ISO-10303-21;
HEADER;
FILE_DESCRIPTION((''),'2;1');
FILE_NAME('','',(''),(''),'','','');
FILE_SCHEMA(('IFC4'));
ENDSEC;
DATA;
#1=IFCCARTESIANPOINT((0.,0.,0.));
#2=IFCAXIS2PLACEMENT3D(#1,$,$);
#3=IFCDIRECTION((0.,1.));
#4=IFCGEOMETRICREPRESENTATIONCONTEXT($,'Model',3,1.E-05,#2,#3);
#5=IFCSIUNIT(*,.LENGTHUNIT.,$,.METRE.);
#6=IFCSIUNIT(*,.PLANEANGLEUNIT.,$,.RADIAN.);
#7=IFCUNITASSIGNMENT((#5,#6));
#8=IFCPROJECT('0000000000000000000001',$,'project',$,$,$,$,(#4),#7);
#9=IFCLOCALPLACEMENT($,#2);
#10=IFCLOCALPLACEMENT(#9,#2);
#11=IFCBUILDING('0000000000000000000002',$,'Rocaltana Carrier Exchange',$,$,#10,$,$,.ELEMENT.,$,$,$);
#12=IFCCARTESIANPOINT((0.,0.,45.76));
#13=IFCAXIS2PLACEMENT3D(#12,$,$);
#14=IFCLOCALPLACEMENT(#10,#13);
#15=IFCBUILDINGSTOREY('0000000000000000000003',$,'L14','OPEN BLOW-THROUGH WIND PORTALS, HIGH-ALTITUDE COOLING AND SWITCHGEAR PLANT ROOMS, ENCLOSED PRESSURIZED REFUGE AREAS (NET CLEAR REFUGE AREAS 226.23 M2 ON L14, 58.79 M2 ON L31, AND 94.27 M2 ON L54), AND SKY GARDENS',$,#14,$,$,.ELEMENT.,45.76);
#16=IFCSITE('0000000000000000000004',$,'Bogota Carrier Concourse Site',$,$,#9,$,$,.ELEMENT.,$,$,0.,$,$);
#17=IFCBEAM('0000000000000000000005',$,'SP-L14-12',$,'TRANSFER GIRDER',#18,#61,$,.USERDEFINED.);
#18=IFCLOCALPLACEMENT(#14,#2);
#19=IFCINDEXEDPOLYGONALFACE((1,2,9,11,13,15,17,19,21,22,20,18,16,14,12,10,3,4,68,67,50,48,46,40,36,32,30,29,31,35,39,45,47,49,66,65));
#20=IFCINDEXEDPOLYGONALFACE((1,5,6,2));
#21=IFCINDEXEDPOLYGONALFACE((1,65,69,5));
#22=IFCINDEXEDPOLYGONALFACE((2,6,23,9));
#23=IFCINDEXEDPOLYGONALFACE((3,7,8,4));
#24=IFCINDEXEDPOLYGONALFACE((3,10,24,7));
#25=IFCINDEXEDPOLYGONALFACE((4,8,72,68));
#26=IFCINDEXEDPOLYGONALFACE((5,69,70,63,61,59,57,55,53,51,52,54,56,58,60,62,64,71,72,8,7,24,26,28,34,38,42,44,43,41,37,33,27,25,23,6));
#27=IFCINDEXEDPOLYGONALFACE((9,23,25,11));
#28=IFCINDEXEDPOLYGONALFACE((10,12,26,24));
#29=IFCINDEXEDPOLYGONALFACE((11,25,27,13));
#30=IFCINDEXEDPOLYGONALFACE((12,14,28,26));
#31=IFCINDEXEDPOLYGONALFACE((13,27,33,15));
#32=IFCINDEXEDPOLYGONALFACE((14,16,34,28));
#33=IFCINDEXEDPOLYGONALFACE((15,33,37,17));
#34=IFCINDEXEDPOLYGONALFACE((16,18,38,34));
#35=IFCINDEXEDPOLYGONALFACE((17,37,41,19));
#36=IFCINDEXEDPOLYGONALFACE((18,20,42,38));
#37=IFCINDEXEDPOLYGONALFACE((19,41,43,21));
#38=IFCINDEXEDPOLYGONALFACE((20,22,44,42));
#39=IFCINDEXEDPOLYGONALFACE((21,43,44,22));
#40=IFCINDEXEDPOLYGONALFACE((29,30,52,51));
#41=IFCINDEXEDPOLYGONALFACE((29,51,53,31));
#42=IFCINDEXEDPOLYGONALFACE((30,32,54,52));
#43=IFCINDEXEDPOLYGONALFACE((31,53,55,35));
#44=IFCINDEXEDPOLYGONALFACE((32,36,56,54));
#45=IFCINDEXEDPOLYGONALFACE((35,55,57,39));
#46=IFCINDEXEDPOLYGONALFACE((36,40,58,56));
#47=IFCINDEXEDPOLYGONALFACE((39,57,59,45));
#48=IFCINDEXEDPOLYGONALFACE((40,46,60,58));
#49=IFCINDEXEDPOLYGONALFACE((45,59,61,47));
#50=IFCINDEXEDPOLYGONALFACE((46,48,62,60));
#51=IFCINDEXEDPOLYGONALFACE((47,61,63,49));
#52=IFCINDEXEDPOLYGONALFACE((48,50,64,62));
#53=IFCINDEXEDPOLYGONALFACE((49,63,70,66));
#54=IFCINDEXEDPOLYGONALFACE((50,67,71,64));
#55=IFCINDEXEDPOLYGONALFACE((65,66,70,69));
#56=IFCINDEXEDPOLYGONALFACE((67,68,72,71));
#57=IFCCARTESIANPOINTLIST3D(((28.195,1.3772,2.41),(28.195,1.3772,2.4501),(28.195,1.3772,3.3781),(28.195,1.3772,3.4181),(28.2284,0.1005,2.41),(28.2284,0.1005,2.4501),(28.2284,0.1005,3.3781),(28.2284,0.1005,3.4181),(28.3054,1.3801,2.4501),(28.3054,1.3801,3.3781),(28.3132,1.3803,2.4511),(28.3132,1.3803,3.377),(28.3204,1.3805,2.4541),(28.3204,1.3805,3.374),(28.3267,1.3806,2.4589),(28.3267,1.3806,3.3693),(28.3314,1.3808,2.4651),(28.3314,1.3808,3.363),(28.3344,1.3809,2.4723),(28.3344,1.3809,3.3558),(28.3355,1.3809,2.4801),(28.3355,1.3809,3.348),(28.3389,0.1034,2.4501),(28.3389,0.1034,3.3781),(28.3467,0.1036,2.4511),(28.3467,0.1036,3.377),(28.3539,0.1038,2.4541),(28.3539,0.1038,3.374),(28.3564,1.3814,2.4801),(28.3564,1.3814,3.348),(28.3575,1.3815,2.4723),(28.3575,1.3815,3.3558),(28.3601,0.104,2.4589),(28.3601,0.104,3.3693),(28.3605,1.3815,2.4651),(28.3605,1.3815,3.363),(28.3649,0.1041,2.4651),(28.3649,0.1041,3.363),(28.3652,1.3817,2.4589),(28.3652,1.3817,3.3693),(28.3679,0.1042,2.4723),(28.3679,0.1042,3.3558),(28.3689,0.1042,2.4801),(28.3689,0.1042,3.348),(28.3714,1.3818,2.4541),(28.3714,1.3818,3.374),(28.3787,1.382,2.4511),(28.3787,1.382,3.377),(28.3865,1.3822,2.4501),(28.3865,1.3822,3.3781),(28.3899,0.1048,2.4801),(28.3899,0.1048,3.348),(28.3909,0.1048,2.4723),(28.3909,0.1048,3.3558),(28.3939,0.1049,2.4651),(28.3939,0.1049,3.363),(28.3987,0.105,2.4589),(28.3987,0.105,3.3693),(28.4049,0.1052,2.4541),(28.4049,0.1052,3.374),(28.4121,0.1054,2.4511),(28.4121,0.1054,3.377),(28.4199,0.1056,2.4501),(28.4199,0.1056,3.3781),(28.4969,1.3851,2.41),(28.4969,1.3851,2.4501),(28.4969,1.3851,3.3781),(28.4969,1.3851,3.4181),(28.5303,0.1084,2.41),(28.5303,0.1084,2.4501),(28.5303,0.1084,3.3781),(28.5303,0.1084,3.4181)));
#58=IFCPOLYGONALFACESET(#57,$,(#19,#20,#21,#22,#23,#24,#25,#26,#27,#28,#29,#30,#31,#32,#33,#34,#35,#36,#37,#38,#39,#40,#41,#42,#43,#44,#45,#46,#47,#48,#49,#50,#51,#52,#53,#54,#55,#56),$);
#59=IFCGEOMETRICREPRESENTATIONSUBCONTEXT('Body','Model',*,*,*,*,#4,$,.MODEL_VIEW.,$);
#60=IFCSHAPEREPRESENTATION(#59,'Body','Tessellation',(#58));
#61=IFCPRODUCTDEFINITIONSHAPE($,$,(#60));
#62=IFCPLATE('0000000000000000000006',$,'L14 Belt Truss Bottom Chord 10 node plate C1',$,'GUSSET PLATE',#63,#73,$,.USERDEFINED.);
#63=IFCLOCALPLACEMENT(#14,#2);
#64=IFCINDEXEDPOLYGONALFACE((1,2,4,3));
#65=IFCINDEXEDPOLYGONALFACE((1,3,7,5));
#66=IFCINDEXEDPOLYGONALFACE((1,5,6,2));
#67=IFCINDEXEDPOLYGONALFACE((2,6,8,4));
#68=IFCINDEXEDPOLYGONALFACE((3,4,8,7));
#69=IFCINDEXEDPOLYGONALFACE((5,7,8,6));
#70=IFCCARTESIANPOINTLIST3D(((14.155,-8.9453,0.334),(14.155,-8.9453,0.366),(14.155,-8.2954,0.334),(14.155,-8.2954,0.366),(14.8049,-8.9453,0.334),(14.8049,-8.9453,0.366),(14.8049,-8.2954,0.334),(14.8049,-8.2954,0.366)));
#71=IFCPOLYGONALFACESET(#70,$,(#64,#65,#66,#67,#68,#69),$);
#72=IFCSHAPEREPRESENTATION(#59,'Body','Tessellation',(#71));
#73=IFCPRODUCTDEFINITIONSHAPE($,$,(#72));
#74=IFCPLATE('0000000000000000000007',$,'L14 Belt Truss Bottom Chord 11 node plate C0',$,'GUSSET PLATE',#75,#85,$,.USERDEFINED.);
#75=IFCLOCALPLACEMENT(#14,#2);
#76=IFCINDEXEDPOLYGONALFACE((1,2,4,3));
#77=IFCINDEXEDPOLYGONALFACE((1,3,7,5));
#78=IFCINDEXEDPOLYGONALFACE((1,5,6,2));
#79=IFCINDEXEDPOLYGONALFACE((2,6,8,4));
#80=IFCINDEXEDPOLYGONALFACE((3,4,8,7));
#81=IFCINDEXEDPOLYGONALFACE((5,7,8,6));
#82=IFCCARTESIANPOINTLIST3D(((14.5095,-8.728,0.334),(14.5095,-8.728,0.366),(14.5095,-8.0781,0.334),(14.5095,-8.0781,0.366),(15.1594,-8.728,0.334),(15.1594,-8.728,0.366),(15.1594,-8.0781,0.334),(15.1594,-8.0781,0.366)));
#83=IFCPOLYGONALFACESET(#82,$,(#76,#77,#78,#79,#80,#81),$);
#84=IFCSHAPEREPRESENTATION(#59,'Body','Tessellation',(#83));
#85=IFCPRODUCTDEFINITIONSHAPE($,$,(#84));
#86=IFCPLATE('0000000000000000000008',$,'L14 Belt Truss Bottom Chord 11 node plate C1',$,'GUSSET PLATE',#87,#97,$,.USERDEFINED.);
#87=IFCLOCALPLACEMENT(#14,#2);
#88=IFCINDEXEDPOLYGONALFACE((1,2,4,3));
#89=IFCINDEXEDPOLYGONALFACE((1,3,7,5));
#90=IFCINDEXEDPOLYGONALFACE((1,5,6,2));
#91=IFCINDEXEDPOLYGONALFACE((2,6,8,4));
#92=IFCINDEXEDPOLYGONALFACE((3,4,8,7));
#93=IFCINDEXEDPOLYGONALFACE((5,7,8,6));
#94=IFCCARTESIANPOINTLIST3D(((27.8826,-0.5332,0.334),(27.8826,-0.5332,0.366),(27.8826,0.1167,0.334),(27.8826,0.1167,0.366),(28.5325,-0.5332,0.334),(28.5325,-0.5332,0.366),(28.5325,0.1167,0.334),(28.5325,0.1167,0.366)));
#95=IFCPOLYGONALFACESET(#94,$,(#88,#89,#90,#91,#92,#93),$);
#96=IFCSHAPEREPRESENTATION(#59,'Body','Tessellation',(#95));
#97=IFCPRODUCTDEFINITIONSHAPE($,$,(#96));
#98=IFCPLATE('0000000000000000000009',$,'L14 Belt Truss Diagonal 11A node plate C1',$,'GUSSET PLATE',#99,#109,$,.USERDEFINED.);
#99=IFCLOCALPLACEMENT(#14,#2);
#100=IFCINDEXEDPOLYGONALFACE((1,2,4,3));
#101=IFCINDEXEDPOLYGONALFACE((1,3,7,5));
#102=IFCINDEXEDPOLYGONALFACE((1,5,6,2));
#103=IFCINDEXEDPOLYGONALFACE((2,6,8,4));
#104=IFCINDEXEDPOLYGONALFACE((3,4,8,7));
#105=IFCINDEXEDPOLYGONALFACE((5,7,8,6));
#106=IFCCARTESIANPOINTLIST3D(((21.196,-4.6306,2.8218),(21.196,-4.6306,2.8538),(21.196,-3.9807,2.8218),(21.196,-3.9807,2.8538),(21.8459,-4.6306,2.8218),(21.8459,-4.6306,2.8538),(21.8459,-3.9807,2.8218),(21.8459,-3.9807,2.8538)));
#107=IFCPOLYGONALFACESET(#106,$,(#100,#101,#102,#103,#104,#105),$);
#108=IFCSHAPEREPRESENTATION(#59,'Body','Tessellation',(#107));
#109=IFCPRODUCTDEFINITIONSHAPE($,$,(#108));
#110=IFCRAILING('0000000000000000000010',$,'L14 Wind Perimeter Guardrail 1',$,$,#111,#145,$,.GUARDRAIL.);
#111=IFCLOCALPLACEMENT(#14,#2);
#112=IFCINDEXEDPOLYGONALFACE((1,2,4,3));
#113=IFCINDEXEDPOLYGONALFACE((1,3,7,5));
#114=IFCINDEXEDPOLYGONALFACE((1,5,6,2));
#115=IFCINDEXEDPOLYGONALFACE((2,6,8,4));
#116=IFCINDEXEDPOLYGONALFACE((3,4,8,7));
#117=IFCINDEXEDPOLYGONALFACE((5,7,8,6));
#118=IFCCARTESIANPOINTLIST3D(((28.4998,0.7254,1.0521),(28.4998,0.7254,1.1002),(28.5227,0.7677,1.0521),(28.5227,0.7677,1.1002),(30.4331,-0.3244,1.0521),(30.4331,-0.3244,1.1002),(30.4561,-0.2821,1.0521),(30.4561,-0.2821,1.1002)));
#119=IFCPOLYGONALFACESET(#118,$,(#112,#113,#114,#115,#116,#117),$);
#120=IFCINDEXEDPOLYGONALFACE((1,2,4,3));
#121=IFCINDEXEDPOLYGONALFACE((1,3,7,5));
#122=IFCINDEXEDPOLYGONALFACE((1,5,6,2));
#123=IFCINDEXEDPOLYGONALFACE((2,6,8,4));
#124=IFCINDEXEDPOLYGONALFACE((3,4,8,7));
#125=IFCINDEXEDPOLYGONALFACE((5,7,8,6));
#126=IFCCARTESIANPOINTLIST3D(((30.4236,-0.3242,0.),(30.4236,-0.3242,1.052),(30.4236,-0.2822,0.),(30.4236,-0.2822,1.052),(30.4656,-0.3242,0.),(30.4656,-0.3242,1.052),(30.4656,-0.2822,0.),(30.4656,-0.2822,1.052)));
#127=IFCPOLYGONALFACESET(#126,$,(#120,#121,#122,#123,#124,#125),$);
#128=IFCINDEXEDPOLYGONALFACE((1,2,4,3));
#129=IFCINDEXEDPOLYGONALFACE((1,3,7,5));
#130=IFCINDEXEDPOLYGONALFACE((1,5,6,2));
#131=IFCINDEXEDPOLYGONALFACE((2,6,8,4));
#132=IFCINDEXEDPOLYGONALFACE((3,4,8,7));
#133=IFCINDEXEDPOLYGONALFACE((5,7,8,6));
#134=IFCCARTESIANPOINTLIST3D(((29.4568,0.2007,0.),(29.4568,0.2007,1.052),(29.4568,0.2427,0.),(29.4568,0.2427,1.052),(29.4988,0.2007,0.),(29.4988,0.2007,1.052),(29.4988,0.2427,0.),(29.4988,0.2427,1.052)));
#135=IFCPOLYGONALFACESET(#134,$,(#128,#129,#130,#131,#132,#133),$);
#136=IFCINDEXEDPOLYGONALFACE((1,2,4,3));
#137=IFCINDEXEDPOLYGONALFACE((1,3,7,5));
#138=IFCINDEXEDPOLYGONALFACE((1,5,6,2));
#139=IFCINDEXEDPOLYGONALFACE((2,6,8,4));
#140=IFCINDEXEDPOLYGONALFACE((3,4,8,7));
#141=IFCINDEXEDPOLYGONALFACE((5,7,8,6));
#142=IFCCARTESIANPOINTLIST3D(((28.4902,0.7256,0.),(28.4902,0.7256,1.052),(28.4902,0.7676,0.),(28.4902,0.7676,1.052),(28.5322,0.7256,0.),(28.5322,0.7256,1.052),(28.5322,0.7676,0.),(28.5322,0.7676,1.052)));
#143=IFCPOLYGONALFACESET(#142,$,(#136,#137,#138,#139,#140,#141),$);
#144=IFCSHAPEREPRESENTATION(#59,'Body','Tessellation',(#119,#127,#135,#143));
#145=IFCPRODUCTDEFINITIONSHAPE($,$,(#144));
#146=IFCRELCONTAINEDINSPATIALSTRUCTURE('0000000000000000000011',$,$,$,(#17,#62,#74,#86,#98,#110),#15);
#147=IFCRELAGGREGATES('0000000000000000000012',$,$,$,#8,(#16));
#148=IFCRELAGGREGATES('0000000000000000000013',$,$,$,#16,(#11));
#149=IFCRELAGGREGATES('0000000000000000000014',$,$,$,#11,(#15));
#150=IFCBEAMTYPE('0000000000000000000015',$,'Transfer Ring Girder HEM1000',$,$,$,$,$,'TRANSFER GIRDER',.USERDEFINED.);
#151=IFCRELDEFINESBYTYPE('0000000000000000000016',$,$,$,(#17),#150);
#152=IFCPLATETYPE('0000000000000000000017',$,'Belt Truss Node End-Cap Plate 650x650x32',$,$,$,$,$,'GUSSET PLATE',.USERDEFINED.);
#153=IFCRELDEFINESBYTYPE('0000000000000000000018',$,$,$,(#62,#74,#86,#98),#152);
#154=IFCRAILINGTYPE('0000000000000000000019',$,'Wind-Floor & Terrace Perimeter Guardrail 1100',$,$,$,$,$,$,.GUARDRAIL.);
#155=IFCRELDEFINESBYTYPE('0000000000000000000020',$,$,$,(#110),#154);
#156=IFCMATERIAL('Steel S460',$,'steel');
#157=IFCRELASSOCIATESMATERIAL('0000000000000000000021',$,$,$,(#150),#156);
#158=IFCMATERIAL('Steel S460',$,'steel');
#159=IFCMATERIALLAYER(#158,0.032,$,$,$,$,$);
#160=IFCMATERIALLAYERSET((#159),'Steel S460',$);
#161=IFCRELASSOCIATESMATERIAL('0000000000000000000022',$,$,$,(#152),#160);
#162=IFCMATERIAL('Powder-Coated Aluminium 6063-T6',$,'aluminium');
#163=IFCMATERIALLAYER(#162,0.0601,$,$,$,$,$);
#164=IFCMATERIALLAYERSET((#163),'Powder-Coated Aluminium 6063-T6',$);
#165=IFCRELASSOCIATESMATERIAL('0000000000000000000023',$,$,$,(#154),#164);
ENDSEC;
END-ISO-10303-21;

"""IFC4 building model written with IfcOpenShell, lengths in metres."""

from ifc_helpers import new_model, si_unit, direction, frame, origin, origin_2d, place, context, subcontext, project, spatial, rectangle, i_section, extrude, material, layer, layer_set, material_profile, profile_set, type_object, element, save


model = new_model("IFC4")

# Units and contexts
model_context = context("Model", 3, precision=1e-05, world=origin(), true_north=direction((0.0, 1.0)))
body_context = subcontext(model_context, "Body", "Model", "MODEL_VIEW")
ifc_project = project(units=[si_unit("LENGTHUNIT", "METRE"), si_unit("PLANEANGLEUNIT", "RADIAN")], contexts=[model_context])

# Site, building, storey
site_placement = place(None, origin())
site = spatial("IfcSite", under=ifc_project, at=site_placement, Name="Bogota Carrier Concourse Site", CompositionType="ELEMENT", RefElevation=0.0)
building_placement = place(site_placement, origin())
building = spatial("IfcBuilding", under=site, at=building_placement, Name="Rocaltana Carrier Exchange", CompositionType="ELEMENT")
storey_placement = place(building_placement, frame((0.0, 0.0, 45.76)))
storey = spatial("IfcBuildingStorey", under=building, at=storey_placement, Name="L14", Description="OPEN BLOW-THROUGH WIND PORTALS, HIGH-ALTITUDE COOLING AND SWITCHGEAR PLANT ROOMS, ENCLOSED PRESSURIZED REFUGE AREAS (NET CLEAR REFUGE AREAS 226.23 M2 ON L14, 58.79 M2 ON L31, AND 94.27 M2 ON L54), AND SKY GARDENS", CompositionType="ELEMENT", Elevation=45.76)

# Beam
ifc_material_1 = material(Name="Steel S460", Category="steel")
ifc_material_profile_1 = material_profile(ifc_material_1, i_section(OverallWidth=0.302, OverallDepth=1.0081, WebThickness=0.021, FlangeThickness=0.04, FilletRadius=0.03, at=origin_2d()), Name="HEM1000")
ifc_profile_set_1 = profile_set([ifc_material_profile_1], Name="Steel S460")
beam_type_1 = type_object("IfcBeamType", Name="Transfer Ring Girder HEM1000", ElementType="TRANSFER GIRDER", PredefinedType="USERDEFINED", material=ifc_profile_set_1)
beam_1_placement = place(storey_placement, frame((28.3794, 0.1045, 2.9141), z_axis=(-0.026191, 0.999657, 0.0), x_axis=(-0.999657, -0.026191, 0.0)))
element("IfcBeam", 1, at=beam_1_placement, inside=storey, type_object=beam_type_1, Name="SP-L14-12", ObjectType="TRANSFER GIRDER", PredefinedType="USERDEFINED", context=body_context, shape_type="SweptSolid", body=[
    extrude(i_section(OverallWidth=0.302, OverallDepth=1.0081, WebThickness=0.021, FlangeThickness=0.04, FilletRadius=0.03, at=origin_2d()), origin(), (0.0, 0.0, 1.0), 1.2771),
])

# Plates
ifc_material_2 = material(Name="Steel S460", Category="steel")
ifc_layer_1 = layer(ifc_material_2, 0.032)
ifc_layer_set_1 = layer_set([ifc_layer_1], Name="Steel S460")
plate_type = type_object("IfcPlateType", Name="Belt Truss Node End-Cap Plate 650x650x32", ElementType="GUSSET PLATE", PredefinedType="USERDEFINED", material=ifc_layer_set_1)
for number, where, z_axis, x_axis, name in (
    (2, (14.48, -8.6204, 0.334), (0.0, 0.0, 1.0), (1.0, 0.0, 0.0), "L14 Belt Truss Bottom Chord 10 node plate C1"),
    (3, (14.8345, -8.4031, 0.334), (0.0, 0.0, 1.0), (1.0, 0.0, 0.0), "L14 Belt Truss Bottom Chord 11 node plate C0"),
    (4, (28.2075, -0.2083, 0.334), (0.0, 0.0, 1.0), (1.0, 0.0, 0.0), "L14 Belt Truss Bottom Chord 11 node plate C1"),
    (5, (21.521, -4.3057, 2.8218), (0.0, 0.0, 1.0), (1.0, 0.0, 0.0), "L14 Belt Truss Diagonal 11A node plate C1"),
):
    element("IfcPlate", number, at=place(storey_placement, frame(where, z_axis=z_axis, x_axis=x_axis)), inside=storey, type_object=plate_type, Name=name, ObjectType="GUSSET PLATE", PredefinedType="USERDEFINED", context=body_context, shape_type="SweptSolid", body=[
        extrude(rectangle(XDim=0.6499, YDim=0.6499, at=origin_2d()), origin(), (0.0, 0.0, 1.0), 0.032),
    ])

# Railing
ifc_material_3 = material(Name="Powder-Coated Aluminium 6063-T6", Category="aluminium")
ifc_layer_2 = layer(ifc_material_3, 0.0601)
ifc_layer_set_2 = layer_set([ifc_layer_2], Name="Powder-Coated Aluminium 6063-T6")
railing_type = type_object("IfcRailingType", Name="Wind-Floor & Terrace Perimeter Guardrail 1100", PredefinedType="GUARDRAIL", material=ifc_layer_set_2)
railing_placement = place(storey_placement, frame((30.4446, -0.3032, 0.0)))
element("IfcRailing", 6, at=railing_placement, inside=storey, type_object=railing_type, Name="L14 Wind Perimeter Guardrail 1", PredefinedType="GUARDRAIL", context=body_context, shape_type="SweptSolid", body=[
    extrude(rectangle(XDim=0.0481, YDim=0.0481, at=origin_2d()), frame((0.0, 0.0, 1.0762), z_axis=(-0.878802, 0.477187, 0.0), x_axis=(-0.477187, -0.878802, 0.0)), (0.0, 0.0, 1.0), 2.2),
    extrude(rectangle(XDim=0.042, YDim=0.042, at=origin_2d()), origin(), (0.0, 0.0, 1.0), 1.052),
    extrude(rectangle(XDim=0.042, YDim=0.042, at=origin_2d()), frame((-0.9668, 0.5249, 0.0)), (0.0, 0.0, 1.0), 1.052),
    extrude(rectangle(XDim=0.042, YDim=0.042, at=origin_2d()), frame((-1.9333, 1.0498, 0.0)), (0.0, 0.0, 1.0), 1.052),
])

save(model, "model.ifc")
